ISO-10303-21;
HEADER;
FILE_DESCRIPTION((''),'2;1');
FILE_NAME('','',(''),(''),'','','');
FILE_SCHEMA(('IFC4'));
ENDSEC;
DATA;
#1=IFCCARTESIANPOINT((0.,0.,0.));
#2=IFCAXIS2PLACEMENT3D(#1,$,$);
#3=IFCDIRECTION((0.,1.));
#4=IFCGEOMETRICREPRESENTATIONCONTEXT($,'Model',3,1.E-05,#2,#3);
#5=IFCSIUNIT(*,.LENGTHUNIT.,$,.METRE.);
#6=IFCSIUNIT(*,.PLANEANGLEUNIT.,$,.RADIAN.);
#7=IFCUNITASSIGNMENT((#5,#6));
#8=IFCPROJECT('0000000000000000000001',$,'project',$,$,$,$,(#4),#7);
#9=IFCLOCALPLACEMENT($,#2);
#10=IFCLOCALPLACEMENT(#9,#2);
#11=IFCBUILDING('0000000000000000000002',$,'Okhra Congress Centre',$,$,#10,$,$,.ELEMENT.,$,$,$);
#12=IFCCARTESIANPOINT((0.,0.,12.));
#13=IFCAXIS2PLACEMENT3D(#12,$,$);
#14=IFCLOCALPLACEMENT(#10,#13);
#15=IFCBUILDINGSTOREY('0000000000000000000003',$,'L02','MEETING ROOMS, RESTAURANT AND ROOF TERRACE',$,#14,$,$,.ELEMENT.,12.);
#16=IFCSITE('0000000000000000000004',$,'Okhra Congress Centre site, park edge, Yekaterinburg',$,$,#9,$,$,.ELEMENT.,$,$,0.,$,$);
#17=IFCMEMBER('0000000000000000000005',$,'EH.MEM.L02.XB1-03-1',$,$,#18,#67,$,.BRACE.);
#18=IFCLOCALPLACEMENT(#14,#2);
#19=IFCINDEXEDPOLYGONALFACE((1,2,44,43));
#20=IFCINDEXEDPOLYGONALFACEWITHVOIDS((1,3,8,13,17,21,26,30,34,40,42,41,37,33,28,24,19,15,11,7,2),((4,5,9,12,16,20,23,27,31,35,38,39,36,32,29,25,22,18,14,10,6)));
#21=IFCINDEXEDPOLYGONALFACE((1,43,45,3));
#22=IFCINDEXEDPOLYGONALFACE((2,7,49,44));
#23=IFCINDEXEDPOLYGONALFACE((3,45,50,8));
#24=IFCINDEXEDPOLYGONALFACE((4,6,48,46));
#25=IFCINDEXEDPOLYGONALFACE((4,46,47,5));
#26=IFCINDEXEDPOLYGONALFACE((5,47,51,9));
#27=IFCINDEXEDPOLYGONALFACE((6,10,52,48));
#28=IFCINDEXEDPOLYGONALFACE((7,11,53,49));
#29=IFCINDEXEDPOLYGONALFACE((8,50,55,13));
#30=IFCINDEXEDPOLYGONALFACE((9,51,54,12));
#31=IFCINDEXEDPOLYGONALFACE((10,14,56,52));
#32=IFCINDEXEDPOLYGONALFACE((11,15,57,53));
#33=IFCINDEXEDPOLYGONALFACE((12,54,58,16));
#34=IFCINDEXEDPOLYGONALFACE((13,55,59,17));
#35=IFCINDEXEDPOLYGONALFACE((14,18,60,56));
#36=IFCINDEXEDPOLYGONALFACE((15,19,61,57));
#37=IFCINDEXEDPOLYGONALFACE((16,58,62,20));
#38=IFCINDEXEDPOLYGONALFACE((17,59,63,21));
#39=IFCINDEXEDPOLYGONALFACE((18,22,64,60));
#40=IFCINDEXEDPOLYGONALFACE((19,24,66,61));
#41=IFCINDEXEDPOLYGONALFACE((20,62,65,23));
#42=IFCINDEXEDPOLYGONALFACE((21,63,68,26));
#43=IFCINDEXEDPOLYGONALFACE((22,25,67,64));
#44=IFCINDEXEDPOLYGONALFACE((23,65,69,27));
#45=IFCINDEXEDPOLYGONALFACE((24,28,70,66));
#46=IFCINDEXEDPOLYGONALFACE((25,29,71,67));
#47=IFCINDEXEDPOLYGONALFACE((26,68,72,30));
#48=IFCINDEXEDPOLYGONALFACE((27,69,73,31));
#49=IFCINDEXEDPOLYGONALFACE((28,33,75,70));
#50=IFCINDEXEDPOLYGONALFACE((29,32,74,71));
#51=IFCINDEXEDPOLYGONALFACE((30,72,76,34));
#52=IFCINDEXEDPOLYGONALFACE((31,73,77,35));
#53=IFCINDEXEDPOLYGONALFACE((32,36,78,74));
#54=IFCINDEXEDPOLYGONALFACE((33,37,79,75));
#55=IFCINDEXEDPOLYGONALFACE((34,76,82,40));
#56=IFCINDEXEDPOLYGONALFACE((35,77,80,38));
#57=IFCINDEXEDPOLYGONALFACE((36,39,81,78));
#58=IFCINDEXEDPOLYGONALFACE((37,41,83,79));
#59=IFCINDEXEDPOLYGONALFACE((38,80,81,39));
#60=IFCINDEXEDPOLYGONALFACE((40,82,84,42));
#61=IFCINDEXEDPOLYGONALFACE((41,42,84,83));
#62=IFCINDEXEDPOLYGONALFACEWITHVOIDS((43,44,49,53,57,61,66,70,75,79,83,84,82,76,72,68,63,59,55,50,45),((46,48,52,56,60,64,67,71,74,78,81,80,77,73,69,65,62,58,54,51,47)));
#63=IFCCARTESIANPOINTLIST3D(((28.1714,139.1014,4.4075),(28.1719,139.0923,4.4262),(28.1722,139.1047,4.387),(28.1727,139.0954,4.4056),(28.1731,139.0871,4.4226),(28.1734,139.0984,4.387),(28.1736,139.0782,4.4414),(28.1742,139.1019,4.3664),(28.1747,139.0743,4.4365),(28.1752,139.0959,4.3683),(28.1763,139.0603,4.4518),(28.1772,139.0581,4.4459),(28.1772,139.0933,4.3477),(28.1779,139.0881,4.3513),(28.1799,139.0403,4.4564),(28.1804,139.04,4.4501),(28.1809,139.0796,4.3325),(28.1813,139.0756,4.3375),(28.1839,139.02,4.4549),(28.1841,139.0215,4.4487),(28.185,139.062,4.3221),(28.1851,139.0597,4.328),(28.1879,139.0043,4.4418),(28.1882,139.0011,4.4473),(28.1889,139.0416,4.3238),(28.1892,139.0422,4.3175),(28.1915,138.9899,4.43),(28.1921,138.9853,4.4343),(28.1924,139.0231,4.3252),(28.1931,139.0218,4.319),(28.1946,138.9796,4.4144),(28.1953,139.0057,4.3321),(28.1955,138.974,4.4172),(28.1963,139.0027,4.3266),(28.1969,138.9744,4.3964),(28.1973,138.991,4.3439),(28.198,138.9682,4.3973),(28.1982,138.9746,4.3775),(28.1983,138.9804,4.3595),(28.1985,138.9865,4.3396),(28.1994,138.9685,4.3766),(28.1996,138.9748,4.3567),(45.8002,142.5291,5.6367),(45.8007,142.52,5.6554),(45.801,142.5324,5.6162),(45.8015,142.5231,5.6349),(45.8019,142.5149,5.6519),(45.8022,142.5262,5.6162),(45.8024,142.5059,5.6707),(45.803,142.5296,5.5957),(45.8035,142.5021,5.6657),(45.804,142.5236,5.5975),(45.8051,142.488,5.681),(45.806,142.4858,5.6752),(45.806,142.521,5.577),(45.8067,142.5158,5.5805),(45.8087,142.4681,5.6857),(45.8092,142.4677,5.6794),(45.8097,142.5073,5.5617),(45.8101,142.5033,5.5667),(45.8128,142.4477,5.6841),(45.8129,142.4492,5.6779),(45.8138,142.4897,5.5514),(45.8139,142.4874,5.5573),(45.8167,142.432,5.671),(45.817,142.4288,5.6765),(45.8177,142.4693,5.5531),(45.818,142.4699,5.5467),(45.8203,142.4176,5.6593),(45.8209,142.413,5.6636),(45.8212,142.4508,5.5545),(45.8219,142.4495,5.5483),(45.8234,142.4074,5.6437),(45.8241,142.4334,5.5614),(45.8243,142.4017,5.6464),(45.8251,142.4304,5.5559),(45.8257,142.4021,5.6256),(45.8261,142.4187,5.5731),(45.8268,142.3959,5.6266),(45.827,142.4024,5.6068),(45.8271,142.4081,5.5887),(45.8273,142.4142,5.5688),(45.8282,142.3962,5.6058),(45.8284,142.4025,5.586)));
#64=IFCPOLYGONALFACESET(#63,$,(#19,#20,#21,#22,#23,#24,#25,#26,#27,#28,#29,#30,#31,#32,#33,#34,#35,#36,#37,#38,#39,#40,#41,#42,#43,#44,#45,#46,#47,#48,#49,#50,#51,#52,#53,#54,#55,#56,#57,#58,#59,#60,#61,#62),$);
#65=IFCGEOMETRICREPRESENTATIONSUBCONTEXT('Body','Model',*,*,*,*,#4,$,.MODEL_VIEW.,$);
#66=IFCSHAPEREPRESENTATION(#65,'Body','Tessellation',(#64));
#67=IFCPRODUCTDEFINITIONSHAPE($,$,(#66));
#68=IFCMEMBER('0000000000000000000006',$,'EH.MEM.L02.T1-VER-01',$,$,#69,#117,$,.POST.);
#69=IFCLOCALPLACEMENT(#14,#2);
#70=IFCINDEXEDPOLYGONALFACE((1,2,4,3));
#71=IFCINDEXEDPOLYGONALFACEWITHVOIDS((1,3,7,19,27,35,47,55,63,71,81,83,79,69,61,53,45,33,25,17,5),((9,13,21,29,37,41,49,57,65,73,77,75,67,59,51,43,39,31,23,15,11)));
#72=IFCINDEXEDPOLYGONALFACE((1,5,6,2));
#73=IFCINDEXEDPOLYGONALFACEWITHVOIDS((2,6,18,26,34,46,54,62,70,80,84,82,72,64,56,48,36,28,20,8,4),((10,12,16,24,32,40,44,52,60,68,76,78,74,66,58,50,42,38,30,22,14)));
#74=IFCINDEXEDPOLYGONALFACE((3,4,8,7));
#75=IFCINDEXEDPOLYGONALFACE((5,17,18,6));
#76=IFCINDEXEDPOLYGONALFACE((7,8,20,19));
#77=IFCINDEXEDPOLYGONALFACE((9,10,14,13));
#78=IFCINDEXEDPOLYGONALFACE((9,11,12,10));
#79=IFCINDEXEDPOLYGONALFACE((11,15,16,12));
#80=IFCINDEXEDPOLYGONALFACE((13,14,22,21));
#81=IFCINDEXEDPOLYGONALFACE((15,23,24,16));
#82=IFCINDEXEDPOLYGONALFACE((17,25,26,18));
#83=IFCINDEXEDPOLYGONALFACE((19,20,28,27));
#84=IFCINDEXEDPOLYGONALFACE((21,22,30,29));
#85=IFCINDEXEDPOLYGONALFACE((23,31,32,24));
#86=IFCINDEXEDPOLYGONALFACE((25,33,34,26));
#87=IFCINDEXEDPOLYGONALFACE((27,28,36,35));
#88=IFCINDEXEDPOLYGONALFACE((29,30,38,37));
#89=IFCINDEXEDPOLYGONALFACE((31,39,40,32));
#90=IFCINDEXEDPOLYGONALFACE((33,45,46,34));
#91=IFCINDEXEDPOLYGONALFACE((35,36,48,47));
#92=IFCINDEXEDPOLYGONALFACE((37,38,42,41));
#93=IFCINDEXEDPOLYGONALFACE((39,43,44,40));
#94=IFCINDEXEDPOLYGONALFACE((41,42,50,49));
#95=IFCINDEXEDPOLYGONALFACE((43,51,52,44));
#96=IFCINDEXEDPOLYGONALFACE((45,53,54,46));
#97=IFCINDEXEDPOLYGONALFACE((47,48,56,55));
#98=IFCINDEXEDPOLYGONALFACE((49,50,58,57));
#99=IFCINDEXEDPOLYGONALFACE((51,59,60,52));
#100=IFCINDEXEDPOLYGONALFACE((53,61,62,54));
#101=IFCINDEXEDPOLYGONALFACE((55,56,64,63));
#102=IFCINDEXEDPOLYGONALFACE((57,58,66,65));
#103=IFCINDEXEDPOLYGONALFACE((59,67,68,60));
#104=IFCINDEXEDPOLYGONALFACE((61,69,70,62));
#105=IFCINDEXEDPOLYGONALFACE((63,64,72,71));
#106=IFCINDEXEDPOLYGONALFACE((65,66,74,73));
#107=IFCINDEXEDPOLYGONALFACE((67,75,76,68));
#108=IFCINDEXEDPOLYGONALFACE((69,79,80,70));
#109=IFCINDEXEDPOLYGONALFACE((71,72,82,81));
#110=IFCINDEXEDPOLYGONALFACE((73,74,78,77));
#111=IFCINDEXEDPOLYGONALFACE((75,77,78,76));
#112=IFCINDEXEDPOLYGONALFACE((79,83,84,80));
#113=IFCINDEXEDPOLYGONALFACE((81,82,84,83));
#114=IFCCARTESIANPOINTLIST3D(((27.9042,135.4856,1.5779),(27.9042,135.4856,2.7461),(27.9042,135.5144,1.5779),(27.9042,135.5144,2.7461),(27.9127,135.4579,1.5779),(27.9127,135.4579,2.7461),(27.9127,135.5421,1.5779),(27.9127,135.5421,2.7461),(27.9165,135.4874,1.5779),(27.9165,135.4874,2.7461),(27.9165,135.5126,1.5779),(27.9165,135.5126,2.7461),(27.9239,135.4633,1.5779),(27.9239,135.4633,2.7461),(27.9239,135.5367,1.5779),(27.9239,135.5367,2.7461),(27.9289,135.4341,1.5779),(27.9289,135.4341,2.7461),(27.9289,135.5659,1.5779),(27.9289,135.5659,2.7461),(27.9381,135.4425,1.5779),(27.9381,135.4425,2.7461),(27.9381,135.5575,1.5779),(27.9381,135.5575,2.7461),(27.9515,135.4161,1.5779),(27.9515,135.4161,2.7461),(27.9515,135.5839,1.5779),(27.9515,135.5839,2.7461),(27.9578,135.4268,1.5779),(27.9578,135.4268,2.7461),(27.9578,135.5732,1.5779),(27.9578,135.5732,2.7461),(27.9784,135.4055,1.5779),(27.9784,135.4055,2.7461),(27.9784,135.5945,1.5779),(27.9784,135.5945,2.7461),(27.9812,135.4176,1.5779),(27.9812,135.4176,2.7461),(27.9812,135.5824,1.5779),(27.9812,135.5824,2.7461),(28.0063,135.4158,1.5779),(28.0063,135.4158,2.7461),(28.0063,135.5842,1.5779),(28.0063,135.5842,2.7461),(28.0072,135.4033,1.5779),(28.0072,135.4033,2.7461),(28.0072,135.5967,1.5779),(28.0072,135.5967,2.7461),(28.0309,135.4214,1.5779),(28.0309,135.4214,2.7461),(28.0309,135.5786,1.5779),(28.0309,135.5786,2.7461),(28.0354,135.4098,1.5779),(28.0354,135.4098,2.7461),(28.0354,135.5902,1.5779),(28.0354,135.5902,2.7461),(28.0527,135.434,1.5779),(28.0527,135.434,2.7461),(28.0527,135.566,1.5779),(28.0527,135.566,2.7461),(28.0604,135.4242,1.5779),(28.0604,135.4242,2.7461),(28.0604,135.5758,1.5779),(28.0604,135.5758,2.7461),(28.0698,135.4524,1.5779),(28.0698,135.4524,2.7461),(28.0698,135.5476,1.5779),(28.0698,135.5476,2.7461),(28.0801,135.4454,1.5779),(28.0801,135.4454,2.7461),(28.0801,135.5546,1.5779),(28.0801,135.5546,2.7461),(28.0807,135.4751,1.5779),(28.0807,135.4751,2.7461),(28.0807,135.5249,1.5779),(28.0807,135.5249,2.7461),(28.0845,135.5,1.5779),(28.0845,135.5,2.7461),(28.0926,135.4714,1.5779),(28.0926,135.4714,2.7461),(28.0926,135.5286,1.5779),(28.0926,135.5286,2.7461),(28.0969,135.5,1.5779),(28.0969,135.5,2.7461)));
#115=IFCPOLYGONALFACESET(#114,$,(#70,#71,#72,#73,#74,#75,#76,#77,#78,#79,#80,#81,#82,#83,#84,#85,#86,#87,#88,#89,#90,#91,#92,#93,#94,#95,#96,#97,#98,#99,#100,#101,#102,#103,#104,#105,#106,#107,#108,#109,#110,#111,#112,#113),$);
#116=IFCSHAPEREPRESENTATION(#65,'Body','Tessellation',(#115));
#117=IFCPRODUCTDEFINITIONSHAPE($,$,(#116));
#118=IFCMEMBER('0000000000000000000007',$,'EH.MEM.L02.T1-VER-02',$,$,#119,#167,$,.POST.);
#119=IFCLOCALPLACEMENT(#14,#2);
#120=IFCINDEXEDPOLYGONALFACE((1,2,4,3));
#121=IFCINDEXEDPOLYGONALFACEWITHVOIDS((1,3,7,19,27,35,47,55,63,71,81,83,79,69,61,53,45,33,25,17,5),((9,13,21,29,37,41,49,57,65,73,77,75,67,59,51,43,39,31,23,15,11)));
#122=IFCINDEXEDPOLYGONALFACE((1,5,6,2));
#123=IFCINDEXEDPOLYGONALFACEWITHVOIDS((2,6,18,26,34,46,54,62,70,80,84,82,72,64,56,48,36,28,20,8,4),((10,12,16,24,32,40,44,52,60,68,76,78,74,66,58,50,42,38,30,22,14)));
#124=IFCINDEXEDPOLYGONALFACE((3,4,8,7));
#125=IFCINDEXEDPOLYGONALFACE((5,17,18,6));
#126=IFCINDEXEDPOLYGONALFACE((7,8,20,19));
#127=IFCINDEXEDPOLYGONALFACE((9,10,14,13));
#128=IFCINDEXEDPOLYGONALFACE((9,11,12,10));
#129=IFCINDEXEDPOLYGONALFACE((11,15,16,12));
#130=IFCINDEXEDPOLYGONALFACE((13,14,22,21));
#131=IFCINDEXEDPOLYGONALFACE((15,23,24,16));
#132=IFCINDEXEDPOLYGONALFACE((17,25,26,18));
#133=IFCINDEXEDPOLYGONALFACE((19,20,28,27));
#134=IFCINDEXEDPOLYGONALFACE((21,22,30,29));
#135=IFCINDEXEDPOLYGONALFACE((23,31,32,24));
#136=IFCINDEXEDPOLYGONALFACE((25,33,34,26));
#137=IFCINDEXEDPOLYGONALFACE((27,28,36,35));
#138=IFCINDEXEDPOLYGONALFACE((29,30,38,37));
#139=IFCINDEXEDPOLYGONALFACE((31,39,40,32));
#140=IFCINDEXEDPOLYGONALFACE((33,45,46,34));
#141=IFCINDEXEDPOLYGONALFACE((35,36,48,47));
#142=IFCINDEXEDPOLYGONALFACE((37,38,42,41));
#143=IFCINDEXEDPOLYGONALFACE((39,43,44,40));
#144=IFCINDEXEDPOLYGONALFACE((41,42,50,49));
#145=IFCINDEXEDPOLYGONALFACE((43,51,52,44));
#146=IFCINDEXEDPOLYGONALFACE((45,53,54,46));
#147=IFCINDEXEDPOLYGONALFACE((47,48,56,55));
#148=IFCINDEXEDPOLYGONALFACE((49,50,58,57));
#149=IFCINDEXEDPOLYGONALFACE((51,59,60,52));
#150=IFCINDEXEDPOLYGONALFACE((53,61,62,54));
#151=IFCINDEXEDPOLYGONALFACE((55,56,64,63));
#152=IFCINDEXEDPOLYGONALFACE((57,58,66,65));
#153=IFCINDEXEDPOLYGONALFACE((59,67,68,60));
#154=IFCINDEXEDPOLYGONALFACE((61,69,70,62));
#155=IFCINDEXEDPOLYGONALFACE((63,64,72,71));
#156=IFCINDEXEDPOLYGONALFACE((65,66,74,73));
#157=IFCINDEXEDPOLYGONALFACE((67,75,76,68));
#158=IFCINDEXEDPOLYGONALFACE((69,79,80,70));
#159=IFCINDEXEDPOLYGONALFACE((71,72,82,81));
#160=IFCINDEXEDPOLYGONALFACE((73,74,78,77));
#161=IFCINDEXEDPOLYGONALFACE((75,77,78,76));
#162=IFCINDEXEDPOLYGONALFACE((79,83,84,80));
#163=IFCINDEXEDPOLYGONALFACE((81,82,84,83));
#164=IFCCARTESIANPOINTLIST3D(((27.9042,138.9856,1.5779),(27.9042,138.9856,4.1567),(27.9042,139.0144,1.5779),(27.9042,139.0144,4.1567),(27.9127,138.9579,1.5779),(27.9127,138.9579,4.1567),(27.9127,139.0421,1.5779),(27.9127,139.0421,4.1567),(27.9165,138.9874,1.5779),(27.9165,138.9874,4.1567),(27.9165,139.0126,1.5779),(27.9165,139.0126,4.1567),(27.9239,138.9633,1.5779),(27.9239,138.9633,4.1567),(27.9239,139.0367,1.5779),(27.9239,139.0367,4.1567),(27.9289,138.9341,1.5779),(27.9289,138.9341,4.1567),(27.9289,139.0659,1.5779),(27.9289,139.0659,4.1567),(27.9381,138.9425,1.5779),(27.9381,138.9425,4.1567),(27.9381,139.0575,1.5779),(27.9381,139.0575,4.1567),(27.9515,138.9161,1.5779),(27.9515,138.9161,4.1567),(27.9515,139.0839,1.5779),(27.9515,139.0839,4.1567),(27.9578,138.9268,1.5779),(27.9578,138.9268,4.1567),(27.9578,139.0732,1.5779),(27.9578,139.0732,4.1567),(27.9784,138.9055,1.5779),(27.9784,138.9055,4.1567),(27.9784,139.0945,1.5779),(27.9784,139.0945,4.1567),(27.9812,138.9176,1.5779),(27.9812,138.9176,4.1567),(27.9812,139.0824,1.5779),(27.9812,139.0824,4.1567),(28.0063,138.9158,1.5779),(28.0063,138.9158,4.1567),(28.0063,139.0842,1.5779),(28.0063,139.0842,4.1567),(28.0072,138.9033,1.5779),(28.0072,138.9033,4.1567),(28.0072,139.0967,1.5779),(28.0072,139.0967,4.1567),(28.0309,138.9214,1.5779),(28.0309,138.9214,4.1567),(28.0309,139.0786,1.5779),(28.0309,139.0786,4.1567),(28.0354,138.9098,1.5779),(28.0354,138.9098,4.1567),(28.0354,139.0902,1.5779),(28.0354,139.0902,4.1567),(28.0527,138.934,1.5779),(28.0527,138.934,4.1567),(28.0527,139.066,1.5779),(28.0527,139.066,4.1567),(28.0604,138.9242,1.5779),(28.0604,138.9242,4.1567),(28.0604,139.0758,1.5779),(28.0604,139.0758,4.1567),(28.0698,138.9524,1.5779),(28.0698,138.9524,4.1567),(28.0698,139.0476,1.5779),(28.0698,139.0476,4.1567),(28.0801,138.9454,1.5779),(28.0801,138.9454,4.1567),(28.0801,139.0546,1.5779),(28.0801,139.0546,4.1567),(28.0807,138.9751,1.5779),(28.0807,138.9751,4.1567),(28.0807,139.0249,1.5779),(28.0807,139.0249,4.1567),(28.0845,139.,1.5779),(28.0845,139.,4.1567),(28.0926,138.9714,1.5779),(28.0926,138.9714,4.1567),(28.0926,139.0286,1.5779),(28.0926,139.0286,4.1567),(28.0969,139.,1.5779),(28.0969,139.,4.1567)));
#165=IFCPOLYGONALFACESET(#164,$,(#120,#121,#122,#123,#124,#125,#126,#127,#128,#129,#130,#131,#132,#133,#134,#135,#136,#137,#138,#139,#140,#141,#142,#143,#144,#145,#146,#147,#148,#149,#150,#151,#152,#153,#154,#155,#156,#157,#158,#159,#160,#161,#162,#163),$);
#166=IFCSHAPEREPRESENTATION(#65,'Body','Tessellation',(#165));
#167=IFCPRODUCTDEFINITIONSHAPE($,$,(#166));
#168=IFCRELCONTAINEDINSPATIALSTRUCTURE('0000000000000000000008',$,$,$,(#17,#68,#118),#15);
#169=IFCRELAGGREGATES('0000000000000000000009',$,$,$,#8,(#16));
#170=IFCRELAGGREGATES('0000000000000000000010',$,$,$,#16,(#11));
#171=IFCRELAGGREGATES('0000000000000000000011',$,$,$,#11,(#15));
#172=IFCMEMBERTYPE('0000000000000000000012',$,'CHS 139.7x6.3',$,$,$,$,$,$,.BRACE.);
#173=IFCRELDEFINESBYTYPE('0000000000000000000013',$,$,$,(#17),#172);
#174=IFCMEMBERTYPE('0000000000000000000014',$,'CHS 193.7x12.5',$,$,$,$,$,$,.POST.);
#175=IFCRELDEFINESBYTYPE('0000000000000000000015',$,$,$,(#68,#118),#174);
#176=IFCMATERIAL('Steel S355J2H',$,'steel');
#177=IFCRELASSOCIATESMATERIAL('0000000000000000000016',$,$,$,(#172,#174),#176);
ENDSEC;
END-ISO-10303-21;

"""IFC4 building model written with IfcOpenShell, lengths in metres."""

from ifc_helpers import new_model, si_unit, direction, frame, origin, origin_2d, place, context, subcontext, project, spatial, hollow_circle, extrude, material, material_profile, profile_set, type_object, element, save


model = new_model("IFC4")

# Units and contexts
model_context = context("Model", 3, precision=1e-05, world=origin(), true_north=direction((0.0, 1.0)))
body_context = subcontext(model_context, "Body", "Model", "MODEL_VIEW")
ifc_project = project(units=[si_unit("LENGTHUNIT", "METRE"), si_unit("PLANEANGLEUNIT", "RADIAN")], contexts=[model_context])

# Site, building, storey
site_placement = place(None, origin())
site = spatial("IfcSite", under=ifc_project, at=site_placement, Name="Okhra Congress Centre site, park edge, Yekaterinburg", CompositionType="ELEMENT", RefElevation=0.0)
building_placement = place(site_placement, origin())
building = spatial("IfcBuilding", under=site, at=building_placement, Name="Okhra Congress Centre", CompositionType="ELEMENT")
storey_placement = place(building_placement, frame((0.0, 0.0, 12.0)))
storey = spatial("IfcBuildingStorey", under=building, at=storey_placement, Name="L02", Description="MEETING ROOMS, RESTAURANT AND ROOF TERRACE", CompositionType="ELEMENT", Elevation=12.0)

# Members
ifc_material_1 = material(Name="Steel S355J2H", Category="steel")
ifc_material_profile_1 = material_profile(ifc_material_1, hollow_circle(Radius=0.0698, WallThickness=0.0063, at=origin_2d()), Name="CHS 139.7x6.3")
ifc_profile_set_1 = profile_set([ifc_material_profile_1], Name="Steel S355J2H")
member_type_1 = type_object("IfcMemberType", Name="CHS 139.7x6.3", PredefinedType="BRACE", material=ifc_profile_set_1)
member_1_placement = place(storey_placement, frame((28.1855, 139.0361, 4.387), z_axis=(0.979325, 0.190418, 0.068287), x_axis=(-0.190864, 0.981617, 0.0)))
element("IfcMember", 1, at=member_1_placement, inside=storey, type_object=member_type_1, Name="EH.MEM.L02.XB1-03-1", PredefinedType="BRACE", context=body_context, shape_type="SweptSolid", body=[
    extrude(hollow_circle(Radius=0.0698, WallThickness=0.0063, at=origin_2d()), origin(), (0.0, 0.0, 1.0), 18.001),
])
ifc_material_profile_2 = material_profile(ifc_material_1, hollow_circle(Radius=0.0969, WallThickness=0.0125, at=origin_2d()), Name="CHS 193.7x12.5")
ifc_profile_set_2 = profile_set([ifc_material_profile_2], Name="Steel S355J2H")
member_type_2 = type_object("IfcMemberType", Name="CHS 193.7x12.5", PredefinedType="POST", material=ifc_profile_set_2)
member_2_placement = place(storey_placement, frame((28.0, 135.5, 1.5779), z_axis=(0.0, 0.0, 1.0), x_axis=(1.0, 0.0, 0.0)))
element("IfcMember", 2, at=member_2_placement, inside=storey, type_object=member_type_2, Name="EH.MEM.L02.T1-VER-01", PredefinedType="POST", context=body_context, shape_type="SweptSolid", body=[
    extrude(hollow_circle(Radius=0.0969, WallThickness=0.0125, at=origin_2d()), origin(), (0.0, 0.0, 1.0), 1.1682),
])
member_3_placement = place(storey_placement, frame((28.0, 139.0, 1.5779), z_axis=(0.0, 0.0, 1.0), x_axis=(1.0, 0.0, 0.0)))
element("IfcMember", 3, at=member_3_placement, inside=storey, type_object=member_type_2, Name="EH.MEM.L02.T1-VER-02", PredefinedType="POST", context=body_context, shape_type="SweptSolid", body=[
    extrude(hollow_circle(Radius=0.0969, WallThickness=0.0125, at=origin_2d()), origin(), (0.0, 0.0, 1.0), 2.5789),
])

save(model, "model.ifc")
